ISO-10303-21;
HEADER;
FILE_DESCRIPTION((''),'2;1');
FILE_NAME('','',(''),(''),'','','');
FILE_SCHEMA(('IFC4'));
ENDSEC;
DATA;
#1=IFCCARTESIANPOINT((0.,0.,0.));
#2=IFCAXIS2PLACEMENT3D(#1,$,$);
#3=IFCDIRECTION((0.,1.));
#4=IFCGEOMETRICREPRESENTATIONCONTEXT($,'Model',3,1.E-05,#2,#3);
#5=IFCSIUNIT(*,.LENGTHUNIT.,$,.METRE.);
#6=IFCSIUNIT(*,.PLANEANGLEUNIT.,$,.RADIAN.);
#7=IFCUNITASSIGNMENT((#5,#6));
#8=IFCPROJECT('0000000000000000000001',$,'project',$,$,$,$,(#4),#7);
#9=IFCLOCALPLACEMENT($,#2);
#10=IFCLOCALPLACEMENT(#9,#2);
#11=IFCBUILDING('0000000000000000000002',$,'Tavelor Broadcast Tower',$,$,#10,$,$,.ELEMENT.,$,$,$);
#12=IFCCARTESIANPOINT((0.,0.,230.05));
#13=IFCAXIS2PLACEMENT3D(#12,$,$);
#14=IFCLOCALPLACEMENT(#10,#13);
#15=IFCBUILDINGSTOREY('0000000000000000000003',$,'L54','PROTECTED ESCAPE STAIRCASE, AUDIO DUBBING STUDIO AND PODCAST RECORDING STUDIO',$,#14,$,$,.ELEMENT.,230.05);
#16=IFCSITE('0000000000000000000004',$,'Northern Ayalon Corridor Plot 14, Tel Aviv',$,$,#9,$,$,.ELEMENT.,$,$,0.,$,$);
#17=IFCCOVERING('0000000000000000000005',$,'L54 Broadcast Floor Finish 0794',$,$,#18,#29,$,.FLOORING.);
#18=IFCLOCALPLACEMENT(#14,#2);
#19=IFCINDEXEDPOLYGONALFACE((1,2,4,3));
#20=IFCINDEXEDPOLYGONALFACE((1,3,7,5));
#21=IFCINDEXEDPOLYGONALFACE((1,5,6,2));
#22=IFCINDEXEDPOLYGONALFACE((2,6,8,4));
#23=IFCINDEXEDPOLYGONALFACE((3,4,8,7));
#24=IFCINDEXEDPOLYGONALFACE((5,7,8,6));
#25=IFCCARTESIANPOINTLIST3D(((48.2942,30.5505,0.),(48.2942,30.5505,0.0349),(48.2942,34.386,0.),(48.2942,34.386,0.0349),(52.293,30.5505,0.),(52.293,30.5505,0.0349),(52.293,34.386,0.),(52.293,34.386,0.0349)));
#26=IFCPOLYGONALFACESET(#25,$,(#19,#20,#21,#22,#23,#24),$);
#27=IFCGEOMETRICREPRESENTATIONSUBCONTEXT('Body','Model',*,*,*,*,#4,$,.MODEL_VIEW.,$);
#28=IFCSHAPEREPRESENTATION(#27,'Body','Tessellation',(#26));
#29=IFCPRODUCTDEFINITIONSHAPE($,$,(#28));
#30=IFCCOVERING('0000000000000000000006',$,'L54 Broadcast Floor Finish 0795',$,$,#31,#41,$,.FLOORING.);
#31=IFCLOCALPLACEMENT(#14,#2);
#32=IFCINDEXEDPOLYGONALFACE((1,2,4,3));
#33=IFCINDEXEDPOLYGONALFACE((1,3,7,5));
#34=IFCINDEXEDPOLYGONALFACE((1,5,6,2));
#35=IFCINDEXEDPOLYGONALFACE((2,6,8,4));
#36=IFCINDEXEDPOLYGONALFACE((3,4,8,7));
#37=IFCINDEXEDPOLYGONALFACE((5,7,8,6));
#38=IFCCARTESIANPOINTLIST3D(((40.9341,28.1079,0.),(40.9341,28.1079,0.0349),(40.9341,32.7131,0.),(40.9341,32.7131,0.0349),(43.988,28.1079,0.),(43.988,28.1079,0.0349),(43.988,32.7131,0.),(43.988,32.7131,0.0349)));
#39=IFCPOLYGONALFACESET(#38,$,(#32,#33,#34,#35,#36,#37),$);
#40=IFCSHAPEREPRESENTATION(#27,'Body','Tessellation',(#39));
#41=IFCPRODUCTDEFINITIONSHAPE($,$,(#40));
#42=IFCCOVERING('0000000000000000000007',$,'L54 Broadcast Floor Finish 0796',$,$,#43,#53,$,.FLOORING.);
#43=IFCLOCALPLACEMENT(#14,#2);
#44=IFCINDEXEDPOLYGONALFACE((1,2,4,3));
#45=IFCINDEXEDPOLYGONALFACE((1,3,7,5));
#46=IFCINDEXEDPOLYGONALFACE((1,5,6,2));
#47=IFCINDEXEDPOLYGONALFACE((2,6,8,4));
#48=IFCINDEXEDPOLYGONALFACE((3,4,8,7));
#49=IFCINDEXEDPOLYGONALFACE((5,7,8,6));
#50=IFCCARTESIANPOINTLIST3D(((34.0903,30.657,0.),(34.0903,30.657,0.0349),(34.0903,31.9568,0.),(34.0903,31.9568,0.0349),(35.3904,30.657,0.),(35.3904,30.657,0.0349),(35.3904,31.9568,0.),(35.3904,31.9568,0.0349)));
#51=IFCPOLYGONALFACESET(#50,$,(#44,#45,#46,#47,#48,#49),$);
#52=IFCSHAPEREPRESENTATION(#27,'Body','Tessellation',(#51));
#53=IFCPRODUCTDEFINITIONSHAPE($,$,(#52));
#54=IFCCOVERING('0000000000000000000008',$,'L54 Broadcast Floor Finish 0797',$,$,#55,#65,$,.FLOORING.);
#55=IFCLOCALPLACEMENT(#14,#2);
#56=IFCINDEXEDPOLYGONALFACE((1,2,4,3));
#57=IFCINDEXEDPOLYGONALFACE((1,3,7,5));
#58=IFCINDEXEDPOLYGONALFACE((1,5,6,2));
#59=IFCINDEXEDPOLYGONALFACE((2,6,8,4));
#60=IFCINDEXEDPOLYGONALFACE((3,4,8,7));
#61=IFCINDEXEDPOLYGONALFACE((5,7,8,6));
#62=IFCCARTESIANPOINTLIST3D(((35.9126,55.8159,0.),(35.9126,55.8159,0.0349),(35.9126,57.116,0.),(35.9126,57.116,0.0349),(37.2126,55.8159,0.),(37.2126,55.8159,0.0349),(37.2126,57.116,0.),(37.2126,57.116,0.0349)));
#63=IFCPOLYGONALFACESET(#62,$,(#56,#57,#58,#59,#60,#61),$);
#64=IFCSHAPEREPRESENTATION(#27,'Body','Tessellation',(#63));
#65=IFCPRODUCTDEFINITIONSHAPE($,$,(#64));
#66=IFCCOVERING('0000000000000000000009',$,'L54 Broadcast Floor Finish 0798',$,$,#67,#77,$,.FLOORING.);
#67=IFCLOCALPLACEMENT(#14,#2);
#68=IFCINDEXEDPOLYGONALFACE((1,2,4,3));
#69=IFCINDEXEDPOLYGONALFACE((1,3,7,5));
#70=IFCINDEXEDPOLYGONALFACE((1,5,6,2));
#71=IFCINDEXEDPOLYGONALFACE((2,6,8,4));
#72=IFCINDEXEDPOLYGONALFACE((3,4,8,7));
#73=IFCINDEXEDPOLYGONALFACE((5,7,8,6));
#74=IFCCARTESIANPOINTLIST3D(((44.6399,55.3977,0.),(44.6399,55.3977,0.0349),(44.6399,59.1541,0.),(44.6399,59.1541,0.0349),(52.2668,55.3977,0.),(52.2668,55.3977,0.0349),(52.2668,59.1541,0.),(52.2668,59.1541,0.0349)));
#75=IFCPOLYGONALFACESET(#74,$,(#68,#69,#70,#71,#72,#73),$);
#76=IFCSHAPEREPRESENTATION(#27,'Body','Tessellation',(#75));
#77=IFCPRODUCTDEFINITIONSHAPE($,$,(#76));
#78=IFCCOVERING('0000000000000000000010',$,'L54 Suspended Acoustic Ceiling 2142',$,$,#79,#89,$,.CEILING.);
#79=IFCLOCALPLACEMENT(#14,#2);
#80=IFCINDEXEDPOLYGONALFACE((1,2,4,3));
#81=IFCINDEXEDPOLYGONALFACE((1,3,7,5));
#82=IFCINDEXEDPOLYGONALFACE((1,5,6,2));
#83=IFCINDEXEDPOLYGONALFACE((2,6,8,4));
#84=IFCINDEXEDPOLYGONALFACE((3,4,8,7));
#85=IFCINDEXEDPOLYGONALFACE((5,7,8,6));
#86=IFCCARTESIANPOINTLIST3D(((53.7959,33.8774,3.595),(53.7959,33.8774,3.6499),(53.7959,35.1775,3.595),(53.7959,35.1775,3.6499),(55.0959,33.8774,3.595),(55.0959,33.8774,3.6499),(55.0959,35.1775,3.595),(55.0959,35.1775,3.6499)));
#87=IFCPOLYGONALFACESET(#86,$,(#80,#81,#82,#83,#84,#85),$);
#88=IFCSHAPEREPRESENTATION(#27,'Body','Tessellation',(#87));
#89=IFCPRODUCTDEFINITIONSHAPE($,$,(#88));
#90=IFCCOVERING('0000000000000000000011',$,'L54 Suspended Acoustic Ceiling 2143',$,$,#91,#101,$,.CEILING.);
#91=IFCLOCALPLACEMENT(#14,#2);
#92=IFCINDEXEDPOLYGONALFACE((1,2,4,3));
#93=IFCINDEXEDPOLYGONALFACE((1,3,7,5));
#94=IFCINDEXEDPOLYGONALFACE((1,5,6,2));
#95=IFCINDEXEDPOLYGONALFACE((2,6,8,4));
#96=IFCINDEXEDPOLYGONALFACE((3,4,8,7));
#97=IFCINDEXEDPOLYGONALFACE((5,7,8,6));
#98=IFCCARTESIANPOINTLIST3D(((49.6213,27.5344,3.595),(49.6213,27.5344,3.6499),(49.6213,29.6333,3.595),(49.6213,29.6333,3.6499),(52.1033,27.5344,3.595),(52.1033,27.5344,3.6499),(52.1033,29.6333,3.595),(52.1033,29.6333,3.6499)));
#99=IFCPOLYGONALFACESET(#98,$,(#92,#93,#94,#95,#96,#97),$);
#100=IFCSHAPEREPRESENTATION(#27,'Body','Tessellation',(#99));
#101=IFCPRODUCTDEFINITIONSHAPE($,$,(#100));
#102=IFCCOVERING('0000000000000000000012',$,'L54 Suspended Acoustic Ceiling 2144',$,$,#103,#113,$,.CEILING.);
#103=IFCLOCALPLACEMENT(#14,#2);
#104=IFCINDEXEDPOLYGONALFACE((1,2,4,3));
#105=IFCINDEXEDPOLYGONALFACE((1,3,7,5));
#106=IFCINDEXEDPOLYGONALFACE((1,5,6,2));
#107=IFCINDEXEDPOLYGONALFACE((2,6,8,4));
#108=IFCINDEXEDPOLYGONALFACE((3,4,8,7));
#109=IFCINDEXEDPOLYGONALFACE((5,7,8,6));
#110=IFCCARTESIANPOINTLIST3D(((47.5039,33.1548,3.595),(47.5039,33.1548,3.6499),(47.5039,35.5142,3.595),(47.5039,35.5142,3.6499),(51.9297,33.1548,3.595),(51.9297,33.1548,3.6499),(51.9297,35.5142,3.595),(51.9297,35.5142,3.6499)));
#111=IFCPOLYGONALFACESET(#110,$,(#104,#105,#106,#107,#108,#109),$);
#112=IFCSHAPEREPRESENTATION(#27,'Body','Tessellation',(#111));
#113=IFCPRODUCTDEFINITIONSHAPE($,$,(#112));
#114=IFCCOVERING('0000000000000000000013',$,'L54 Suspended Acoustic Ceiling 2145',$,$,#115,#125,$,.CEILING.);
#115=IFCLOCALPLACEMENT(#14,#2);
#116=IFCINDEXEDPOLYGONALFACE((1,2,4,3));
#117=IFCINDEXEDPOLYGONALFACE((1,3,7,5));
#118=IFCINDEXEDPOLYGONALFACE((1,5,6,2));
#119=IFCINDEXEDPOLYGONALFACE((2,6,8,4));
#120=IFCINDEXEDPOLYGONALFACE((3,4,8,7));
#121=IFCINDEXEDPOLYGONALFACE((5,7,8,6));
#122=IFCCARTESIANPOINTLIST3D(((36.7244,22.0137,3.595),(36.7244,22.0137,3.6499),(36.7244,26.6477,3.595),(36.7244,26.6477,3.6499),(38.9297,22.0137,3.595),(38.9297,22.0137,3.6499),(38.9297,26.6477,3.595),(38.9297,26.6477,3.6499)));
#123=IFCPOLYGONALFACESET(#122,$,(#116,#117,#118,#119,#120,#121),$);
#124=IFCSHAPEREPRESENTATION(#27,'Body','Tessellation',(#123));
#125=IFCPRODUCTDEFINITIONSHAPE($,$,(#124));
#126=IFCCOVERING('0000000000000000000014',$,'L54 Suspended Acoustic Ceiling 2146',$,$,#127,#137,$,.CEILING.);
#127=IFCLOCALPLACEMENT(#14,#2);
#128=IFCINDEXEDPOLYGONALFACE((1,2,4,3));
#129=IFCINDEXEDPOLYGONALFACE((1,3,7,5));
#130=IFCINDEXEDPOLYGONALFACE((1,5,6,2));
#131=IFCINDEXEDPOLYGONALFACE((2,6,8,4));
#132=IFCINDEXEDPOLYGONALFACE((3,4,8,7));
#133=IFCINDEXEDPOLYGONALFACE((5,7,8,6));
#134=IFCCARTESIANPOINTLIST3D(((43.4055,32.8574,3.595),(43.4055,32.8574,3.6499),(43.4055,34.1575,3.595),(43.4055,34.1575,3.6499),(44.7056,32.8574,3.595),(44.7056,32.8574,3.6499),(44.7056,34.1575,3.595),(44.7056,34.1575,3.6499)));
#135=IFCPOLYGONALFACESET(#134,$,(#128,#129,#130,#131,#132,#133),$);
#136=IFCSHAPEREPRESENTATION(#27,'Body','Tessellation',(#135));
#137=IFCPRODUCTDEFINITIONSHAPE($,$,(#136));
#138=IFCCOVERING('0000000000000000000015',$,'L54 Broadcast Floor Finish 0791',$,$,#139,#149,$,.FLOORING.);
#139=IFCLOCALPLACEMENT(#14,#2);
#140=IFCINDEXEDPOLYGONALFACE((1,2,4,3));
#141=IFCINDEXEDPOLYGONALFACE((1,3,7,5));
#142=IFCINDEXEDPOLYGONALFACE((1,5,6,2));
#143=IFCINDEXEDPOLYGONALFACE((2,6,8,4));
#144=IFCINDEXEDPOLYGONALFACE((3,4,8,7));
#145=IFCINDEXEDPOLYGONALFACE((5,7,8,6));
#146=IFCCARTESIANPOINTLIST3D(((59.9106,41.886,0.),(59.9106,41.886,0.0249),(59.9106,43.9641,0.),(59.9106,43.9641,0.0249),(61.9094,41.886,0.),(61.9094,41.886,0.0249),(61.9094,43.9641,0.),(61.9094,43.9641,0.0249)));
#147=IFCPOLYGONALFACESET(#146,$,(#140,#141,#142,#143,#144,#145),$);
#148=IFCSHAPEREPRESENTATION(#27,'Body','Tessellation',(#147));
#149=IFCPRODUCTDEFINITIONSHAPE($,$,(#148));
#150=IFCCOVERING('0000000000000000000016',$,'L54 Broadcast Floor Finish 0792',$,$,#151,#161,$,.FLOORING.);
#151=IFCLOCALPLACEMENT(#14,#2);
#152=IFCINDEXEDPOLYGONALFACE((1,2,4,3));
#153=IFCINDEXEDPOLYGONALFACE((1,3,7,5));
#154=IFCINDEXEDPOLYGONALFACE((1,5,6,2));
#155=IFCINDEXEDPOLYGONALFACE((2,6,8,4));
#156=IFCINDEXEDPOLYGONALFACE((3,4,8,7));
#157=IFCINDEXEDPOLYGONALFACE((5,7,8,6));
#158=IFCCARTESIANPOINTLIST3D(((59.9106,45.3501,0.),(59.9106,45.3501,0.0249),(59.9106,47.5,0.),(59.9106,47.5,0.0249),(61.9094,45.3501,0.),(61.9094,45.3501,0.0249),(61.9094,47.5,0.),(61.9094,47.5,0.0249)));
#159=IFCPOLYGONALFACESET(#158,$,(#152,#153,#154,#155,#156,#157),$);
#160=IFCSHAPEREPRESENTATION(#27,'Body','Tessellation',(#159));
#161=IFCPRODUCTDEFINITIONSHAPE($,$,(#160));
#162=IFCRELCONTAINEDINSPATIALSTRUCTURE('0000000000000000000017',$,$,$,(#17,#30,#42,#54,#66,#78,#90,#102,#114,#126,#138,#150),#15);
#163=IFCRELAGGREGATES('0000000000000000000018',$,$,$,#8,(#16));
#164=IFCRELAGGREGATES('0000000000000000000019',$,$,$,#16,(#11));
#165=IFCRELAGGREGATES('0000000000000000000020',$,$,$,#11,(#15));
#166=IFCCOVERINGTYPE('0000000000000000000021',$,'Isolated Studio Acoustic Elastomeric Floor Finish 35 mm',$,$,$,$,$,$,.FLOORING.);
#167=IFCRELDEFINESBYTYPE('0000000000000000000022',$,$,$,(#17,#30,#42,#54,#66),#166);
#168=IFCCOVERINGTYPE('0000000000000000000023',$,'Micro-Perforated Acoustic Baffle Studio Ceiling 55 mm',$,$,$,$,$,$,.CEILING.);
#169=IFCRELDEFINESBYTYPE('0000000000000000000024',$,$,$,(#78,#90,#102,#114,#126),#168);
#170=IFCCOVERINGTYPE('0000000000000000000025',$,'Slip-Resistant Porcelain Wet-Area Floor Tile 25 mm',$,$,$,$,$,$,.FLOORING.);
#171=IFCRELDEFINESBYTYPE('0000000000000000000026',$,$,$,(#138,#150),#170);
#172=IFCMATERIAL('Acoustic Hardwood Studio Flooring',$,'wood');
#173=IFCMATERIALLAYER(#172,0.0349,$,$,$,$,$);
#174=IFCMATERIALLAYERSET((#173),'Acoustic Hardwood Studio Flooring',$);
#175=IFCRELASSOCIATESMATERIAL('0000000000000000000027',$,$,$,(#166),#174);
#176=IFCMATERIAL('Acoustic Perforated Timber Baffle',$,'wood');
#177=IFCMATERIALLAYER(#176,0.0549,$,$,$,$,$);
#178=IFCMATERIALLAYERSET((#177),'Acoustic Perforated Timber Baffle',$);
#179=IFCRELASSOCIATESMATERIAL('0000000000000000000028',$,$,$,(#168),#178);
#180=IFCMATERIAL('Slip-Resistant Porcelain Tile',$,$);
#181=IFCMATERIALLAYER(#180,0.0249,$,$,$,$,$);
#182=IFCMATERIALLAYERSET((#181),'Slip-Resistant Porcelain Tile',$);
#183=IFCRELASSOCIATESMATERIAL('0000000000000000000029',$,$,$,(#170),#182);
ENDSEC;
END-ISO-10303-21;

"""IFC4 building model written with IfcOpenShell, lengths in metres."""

from ifc_helpers import new_model, si_unit, direction, frame, origin, place, context, subcontext, project, spatial, polyline, outline, extrude, material, layer, layer_set, type_object, element, save


model = new_model("IFC4")

# Units and contexts
model_context = context("Model", 3, precision=1e-05, world=origin(), true_north=direction((0.0, 1.0)))
body_context = subcontext(model_context, "Body", "Model", "MODEL_VIEW")
ifc_project = project(units=[si_unit("LENGTHUNIT", "METRE"), si_unit("PLANEANGLEUNIT", "RADIAN")], contexts=[model_context])

# Site, building, storey
site_placement = place(None, origin())
site = spatial("IfcSite", under=ifc_project, at=site_placement, Name="Northern Ayalon Corridor Plot 14, Tel Aviv", CompositionType="ELEMENT", RefElevation=0.0)
building_placement = place(site_placement, origin())
building = spatial("IfcBuilding", under=site, at=building_placement, Name="Tavelor Broadcast Tower", CompositionType="ELEMENT")
storey_placement = place(building_placement, frame((0.0, 0.0, 230.05)))
storey = spatial("IfcBuildingStorey", under=building, at=storey_placement, Name="L54", Description="PROTECTED ESCAPE STAIRCASE, AUDIO DUBBING STUDIO AND PODCAST RECORDING STUDIO", CompositionType="ELEMENT", Elevation=230.05)

# Coverings
ifc_material_1 = material(Name="Acoustic Hardwood Studio Flooring", Category="wood")
ifc_layer_1 = layer(ifc_material_1, 0.0349)
ifc_layer_set_1 = layer_set([ifc_layer_1], Name="Acoustic Hardwood Studio Flooring")
covering_type_1 = type_object("IfcCoveringType", Name="Isolated Studio Acoustic Elastomeric Floor Finish 35 mm", PredefinedType="FLOORING", material=ifc_layer_set_1)
covering_1_placement = place(storey_placement, origin())
element("IfcCovering", 1, at=covering_1_placement, inside=storey, type_object=covering_type_1, Name="L54 Broadcast Floor Finish 0794", PredefinedType="FLOORING", context=body_context, shape_type="SweptSolid", body=[
    extrude(outline(polyline([(48.2942, 30.5505), (52.293, 30.5505), (52.293, 34.386), (48.2942, 34.386), (48.2942, 30.5505)])), origin(), (0.0, 0.0, 1.0), 0.0349),
])
covering_2_placement = place(storey_placement, origin())
element("IfcCovering", 2, at=covering_2_placement, inside=storey, type_object=covering_type_1, Name="L54 Broadcast Floor Finish 0795", PredefinedType="FLOORING", context=body_context, shape_type="SweptSolid", body=[
    extrude(outline(polyline([(40.9341, 28.1079), (43.988, 28.1079), (43.988, 32.7131), (40.9341, 32.7131), (40.9341, 28.1079)])), origin(), (0.0, 0.0, 1.0), 0.0349),
])
covering_3_placement = place(storey_placement, origin())
element("IfcCovering", 3, at=covering_3_placement, inside=storey, type_object=covering_type_1, Name="L54 Broadcast Floor Finish 0796", PredefinedType="FLOORING", context=body_context, shape_type="SweptSolid", body=[
    extrude(outline(polyline([(34.0903, 30.657), (35.3904, 30.657), (35.3904, 31.9568), (34.0903, 31.9568), (34.0903, 30.657)])), origin(), (0.0, 0.0, 1.0), 0.0349),
])
covering_4_placement = place(storey_placement, origin())
element("IfcCovering", 4, at=covering_4_placement, inside=storey, type_object=covering_type_1, Name="L54 Broadcast Floor Finish 0797", PredefinedType="FLOORING", context=body_context, shape_type="SweptSolid", body=[
    extrude(outline(polyline([(35.9126, 55.8159), (37.2126, 55.8159), (37.2126, 57.116), (35.9126, 57.116), (35.9126, 55.8159)])), origin(), (0.0, 0.0, 1.0), 0.0349),
])
covering_5_placement = place(storey_placement, origin())
element("IfcCovering", 5, at=covering_5_placement, inside=storey, type_object=covering_type_1, Name="L54 Broadcast Floor Finish 0798", PredefinedType="FLOORING", context=body_context, shape_type="SweptSolid", body=[
    extrude(outline(polyline([(44.6399, 55.3977), (52.2668, 55.3977), (52.2668, 59.1541), (44.6399, 59.1541), (44.6399, 55.3977)])), origin(), (0.0, 0.0, 1.0), 0.0349),
])
ifc_material_2 = material(Name="Acoustic Perforated Timber Baffle", Category="wood")
ifc_layer_2 = layer(ifc_material_2, 0.0549)
ifc_layer_set_2 = layer_set([ifc_layer_2], Name="Acoustic Perforated Timber Baffle")
covering_type_2 = type_object("IfcCoveringType", Name="Micro-Perforated Acoustic Baffle Studio Ceiling 55 mm", PredefinedType="CEILING", material=ifc_layer_set_2)
covering_6_placement = place(storey_placement, frame((0.0, 0.0, 3.595)))
element("IfcCovering", 6, at=covering_6_placement, inside=storey, type_object=covering_type_2, Name="L54 Suspended Acoustic Ceiling 2142", PredefinedType="CEILING", context=body_context, shape_type="SweptSolid", body=[
    extrude(outline(polyline([(53.7959, 33.8774), (55.0959, 33.8774), (55.0959, 35.1775), (53.7959, 35.1775), (53.7959, 33.8774)])), origin(), (0.0, 0.0, 1.0), 0.0549),
])
covering_7_placement = place(storey_placement, frame((0.0, 0.0, 3.595)))
element("IfcCovering", 7, at=covering_7_placement, inside=storey, type_object=covering_type_2, Name="L54 Suspended Acoustic Ceiling 2143", PredefinedType="CEILING", context=body_context, shape_type="SweptSolid", body=[
    extrude(outline(polyline([(49.6213, 27.5344), (52.1033, 27.5344), (52.1033, 29.6333), (49.6213, 29.6333), (49.6213, 27.5344)])), origin(), (0.0, 0.0, 1.0), 0.0549),
])
covering_8_placement = place(storey_placement, frame((0.0, 0.0, 3.595)))
element("IfcCovering", 8, at=covering_8_placement, inside=storey, type_object=covering_type_2, Name="L54 Suspended Acoustic Ceiling 2144", PredefinedType="CEILING", context=body_context, shape_type="SweptSolid", body=[
    extrude(outline(polyline([(47.5039, 33.1548), (51.9297, 33.1548), (51.9297, 35.5142), (47.5039, 35.5142), (47.5039, 33.1548)])), origin(), (0.0, 0.0, 1.0), 0.0549),
])
covering_9_placement = place(storey_placement, frame((0.0, 0.0, 3.595)))
element("IfcCovering", 9, at=covering_9_placement, inside=storey, type_object=covering_type_2, Name="L54 Suspended Acoustic Ceiling 2145", PredefinedType="CEILING", context=body_context, shape_type="SweptSolid", body=[
    extrude(outline(polyline([(36.7244, 22.0137), (38.9297, 22.0137), (38.9297, 26.6477), (36.7244, 26.6477), (36.7244, 22.0137)])), origin(), (0.0, 0.0, 1.0), 0.0549),
])
covering_10_placement = place(storey_placement, frame((0.0, 0.0, 3.595)))
element("IfcCovering", 10, at=covering_10_placement, inside=storey, type_object=covering_type_2, Name="L54 Suspended Acoustic Ceiling 2146", PredefinedType="CEILING", context=body_context, shape_type="SweptSolid", body=[
    extrude(outline(polyline([(43.4055, 32.8574), (44.7056, 32.8574), (44.7056, 34.1575), (43.4055, 34.1575), (43.4055, 32.8574)])), origin(), (0.0, 0.0, 1.0), 0.0549),
])
ifc_material_3 = material(Name="Slip-Resistant Porcelain Tile")
ifc_layer_3 = layer(ifc_material_3, 0.0249)
ifc_layer_set_3 = layer_set([ifc_layer_3], Name="Slip-Resistant Porcelain Tile")
covering_type_3 = type_object("IfcCoveringType", Name="Slip-Resistant Porcelain Wet-Area Floor Tile 25 mm", PredefinedType="FLOORING", material=ifc_layer_set_3)
covering_11_placement = place(storey_placement, origin())
element("IfcCovering", 11, at=covering_11_placement, inside=storey, type_object=covering_type_3, Name="L54 Broadcast Floor Finish 0791", PredefinedType="FLOORING", context=body_context, shape_type="SweptSolid", body=[
    extrude(outline(polyline([(59.9106, 41.886), (61.9094, 41.886), (61.9094, 43.9641), (59.9106, 43.9641), (59.9106, 41.886)])), origin(), (0.0, 0.0, 1.0), 0.0249),
])
covering_12_placement = place(storey_placement, origin())
element("IfcCovering", 12, at=covering_12_placement, inside=storey, type_object=covering_type_3, Name="L54 Broadcast Floor Finish 0792", PredefinedType="FLOORING", context=body_context, shape_type="SweptSolid", body=[
    extrude(outline(polyline([(59.9106, 45.3501), (61.9094, 45.3501), (61.9094, 47.5), (59.9106, 47.5), (59.9106, 45.3501)])), origin(), (0.0, 0.0, 1.0), 0.0249),
])

save(model, "model.ifc")
